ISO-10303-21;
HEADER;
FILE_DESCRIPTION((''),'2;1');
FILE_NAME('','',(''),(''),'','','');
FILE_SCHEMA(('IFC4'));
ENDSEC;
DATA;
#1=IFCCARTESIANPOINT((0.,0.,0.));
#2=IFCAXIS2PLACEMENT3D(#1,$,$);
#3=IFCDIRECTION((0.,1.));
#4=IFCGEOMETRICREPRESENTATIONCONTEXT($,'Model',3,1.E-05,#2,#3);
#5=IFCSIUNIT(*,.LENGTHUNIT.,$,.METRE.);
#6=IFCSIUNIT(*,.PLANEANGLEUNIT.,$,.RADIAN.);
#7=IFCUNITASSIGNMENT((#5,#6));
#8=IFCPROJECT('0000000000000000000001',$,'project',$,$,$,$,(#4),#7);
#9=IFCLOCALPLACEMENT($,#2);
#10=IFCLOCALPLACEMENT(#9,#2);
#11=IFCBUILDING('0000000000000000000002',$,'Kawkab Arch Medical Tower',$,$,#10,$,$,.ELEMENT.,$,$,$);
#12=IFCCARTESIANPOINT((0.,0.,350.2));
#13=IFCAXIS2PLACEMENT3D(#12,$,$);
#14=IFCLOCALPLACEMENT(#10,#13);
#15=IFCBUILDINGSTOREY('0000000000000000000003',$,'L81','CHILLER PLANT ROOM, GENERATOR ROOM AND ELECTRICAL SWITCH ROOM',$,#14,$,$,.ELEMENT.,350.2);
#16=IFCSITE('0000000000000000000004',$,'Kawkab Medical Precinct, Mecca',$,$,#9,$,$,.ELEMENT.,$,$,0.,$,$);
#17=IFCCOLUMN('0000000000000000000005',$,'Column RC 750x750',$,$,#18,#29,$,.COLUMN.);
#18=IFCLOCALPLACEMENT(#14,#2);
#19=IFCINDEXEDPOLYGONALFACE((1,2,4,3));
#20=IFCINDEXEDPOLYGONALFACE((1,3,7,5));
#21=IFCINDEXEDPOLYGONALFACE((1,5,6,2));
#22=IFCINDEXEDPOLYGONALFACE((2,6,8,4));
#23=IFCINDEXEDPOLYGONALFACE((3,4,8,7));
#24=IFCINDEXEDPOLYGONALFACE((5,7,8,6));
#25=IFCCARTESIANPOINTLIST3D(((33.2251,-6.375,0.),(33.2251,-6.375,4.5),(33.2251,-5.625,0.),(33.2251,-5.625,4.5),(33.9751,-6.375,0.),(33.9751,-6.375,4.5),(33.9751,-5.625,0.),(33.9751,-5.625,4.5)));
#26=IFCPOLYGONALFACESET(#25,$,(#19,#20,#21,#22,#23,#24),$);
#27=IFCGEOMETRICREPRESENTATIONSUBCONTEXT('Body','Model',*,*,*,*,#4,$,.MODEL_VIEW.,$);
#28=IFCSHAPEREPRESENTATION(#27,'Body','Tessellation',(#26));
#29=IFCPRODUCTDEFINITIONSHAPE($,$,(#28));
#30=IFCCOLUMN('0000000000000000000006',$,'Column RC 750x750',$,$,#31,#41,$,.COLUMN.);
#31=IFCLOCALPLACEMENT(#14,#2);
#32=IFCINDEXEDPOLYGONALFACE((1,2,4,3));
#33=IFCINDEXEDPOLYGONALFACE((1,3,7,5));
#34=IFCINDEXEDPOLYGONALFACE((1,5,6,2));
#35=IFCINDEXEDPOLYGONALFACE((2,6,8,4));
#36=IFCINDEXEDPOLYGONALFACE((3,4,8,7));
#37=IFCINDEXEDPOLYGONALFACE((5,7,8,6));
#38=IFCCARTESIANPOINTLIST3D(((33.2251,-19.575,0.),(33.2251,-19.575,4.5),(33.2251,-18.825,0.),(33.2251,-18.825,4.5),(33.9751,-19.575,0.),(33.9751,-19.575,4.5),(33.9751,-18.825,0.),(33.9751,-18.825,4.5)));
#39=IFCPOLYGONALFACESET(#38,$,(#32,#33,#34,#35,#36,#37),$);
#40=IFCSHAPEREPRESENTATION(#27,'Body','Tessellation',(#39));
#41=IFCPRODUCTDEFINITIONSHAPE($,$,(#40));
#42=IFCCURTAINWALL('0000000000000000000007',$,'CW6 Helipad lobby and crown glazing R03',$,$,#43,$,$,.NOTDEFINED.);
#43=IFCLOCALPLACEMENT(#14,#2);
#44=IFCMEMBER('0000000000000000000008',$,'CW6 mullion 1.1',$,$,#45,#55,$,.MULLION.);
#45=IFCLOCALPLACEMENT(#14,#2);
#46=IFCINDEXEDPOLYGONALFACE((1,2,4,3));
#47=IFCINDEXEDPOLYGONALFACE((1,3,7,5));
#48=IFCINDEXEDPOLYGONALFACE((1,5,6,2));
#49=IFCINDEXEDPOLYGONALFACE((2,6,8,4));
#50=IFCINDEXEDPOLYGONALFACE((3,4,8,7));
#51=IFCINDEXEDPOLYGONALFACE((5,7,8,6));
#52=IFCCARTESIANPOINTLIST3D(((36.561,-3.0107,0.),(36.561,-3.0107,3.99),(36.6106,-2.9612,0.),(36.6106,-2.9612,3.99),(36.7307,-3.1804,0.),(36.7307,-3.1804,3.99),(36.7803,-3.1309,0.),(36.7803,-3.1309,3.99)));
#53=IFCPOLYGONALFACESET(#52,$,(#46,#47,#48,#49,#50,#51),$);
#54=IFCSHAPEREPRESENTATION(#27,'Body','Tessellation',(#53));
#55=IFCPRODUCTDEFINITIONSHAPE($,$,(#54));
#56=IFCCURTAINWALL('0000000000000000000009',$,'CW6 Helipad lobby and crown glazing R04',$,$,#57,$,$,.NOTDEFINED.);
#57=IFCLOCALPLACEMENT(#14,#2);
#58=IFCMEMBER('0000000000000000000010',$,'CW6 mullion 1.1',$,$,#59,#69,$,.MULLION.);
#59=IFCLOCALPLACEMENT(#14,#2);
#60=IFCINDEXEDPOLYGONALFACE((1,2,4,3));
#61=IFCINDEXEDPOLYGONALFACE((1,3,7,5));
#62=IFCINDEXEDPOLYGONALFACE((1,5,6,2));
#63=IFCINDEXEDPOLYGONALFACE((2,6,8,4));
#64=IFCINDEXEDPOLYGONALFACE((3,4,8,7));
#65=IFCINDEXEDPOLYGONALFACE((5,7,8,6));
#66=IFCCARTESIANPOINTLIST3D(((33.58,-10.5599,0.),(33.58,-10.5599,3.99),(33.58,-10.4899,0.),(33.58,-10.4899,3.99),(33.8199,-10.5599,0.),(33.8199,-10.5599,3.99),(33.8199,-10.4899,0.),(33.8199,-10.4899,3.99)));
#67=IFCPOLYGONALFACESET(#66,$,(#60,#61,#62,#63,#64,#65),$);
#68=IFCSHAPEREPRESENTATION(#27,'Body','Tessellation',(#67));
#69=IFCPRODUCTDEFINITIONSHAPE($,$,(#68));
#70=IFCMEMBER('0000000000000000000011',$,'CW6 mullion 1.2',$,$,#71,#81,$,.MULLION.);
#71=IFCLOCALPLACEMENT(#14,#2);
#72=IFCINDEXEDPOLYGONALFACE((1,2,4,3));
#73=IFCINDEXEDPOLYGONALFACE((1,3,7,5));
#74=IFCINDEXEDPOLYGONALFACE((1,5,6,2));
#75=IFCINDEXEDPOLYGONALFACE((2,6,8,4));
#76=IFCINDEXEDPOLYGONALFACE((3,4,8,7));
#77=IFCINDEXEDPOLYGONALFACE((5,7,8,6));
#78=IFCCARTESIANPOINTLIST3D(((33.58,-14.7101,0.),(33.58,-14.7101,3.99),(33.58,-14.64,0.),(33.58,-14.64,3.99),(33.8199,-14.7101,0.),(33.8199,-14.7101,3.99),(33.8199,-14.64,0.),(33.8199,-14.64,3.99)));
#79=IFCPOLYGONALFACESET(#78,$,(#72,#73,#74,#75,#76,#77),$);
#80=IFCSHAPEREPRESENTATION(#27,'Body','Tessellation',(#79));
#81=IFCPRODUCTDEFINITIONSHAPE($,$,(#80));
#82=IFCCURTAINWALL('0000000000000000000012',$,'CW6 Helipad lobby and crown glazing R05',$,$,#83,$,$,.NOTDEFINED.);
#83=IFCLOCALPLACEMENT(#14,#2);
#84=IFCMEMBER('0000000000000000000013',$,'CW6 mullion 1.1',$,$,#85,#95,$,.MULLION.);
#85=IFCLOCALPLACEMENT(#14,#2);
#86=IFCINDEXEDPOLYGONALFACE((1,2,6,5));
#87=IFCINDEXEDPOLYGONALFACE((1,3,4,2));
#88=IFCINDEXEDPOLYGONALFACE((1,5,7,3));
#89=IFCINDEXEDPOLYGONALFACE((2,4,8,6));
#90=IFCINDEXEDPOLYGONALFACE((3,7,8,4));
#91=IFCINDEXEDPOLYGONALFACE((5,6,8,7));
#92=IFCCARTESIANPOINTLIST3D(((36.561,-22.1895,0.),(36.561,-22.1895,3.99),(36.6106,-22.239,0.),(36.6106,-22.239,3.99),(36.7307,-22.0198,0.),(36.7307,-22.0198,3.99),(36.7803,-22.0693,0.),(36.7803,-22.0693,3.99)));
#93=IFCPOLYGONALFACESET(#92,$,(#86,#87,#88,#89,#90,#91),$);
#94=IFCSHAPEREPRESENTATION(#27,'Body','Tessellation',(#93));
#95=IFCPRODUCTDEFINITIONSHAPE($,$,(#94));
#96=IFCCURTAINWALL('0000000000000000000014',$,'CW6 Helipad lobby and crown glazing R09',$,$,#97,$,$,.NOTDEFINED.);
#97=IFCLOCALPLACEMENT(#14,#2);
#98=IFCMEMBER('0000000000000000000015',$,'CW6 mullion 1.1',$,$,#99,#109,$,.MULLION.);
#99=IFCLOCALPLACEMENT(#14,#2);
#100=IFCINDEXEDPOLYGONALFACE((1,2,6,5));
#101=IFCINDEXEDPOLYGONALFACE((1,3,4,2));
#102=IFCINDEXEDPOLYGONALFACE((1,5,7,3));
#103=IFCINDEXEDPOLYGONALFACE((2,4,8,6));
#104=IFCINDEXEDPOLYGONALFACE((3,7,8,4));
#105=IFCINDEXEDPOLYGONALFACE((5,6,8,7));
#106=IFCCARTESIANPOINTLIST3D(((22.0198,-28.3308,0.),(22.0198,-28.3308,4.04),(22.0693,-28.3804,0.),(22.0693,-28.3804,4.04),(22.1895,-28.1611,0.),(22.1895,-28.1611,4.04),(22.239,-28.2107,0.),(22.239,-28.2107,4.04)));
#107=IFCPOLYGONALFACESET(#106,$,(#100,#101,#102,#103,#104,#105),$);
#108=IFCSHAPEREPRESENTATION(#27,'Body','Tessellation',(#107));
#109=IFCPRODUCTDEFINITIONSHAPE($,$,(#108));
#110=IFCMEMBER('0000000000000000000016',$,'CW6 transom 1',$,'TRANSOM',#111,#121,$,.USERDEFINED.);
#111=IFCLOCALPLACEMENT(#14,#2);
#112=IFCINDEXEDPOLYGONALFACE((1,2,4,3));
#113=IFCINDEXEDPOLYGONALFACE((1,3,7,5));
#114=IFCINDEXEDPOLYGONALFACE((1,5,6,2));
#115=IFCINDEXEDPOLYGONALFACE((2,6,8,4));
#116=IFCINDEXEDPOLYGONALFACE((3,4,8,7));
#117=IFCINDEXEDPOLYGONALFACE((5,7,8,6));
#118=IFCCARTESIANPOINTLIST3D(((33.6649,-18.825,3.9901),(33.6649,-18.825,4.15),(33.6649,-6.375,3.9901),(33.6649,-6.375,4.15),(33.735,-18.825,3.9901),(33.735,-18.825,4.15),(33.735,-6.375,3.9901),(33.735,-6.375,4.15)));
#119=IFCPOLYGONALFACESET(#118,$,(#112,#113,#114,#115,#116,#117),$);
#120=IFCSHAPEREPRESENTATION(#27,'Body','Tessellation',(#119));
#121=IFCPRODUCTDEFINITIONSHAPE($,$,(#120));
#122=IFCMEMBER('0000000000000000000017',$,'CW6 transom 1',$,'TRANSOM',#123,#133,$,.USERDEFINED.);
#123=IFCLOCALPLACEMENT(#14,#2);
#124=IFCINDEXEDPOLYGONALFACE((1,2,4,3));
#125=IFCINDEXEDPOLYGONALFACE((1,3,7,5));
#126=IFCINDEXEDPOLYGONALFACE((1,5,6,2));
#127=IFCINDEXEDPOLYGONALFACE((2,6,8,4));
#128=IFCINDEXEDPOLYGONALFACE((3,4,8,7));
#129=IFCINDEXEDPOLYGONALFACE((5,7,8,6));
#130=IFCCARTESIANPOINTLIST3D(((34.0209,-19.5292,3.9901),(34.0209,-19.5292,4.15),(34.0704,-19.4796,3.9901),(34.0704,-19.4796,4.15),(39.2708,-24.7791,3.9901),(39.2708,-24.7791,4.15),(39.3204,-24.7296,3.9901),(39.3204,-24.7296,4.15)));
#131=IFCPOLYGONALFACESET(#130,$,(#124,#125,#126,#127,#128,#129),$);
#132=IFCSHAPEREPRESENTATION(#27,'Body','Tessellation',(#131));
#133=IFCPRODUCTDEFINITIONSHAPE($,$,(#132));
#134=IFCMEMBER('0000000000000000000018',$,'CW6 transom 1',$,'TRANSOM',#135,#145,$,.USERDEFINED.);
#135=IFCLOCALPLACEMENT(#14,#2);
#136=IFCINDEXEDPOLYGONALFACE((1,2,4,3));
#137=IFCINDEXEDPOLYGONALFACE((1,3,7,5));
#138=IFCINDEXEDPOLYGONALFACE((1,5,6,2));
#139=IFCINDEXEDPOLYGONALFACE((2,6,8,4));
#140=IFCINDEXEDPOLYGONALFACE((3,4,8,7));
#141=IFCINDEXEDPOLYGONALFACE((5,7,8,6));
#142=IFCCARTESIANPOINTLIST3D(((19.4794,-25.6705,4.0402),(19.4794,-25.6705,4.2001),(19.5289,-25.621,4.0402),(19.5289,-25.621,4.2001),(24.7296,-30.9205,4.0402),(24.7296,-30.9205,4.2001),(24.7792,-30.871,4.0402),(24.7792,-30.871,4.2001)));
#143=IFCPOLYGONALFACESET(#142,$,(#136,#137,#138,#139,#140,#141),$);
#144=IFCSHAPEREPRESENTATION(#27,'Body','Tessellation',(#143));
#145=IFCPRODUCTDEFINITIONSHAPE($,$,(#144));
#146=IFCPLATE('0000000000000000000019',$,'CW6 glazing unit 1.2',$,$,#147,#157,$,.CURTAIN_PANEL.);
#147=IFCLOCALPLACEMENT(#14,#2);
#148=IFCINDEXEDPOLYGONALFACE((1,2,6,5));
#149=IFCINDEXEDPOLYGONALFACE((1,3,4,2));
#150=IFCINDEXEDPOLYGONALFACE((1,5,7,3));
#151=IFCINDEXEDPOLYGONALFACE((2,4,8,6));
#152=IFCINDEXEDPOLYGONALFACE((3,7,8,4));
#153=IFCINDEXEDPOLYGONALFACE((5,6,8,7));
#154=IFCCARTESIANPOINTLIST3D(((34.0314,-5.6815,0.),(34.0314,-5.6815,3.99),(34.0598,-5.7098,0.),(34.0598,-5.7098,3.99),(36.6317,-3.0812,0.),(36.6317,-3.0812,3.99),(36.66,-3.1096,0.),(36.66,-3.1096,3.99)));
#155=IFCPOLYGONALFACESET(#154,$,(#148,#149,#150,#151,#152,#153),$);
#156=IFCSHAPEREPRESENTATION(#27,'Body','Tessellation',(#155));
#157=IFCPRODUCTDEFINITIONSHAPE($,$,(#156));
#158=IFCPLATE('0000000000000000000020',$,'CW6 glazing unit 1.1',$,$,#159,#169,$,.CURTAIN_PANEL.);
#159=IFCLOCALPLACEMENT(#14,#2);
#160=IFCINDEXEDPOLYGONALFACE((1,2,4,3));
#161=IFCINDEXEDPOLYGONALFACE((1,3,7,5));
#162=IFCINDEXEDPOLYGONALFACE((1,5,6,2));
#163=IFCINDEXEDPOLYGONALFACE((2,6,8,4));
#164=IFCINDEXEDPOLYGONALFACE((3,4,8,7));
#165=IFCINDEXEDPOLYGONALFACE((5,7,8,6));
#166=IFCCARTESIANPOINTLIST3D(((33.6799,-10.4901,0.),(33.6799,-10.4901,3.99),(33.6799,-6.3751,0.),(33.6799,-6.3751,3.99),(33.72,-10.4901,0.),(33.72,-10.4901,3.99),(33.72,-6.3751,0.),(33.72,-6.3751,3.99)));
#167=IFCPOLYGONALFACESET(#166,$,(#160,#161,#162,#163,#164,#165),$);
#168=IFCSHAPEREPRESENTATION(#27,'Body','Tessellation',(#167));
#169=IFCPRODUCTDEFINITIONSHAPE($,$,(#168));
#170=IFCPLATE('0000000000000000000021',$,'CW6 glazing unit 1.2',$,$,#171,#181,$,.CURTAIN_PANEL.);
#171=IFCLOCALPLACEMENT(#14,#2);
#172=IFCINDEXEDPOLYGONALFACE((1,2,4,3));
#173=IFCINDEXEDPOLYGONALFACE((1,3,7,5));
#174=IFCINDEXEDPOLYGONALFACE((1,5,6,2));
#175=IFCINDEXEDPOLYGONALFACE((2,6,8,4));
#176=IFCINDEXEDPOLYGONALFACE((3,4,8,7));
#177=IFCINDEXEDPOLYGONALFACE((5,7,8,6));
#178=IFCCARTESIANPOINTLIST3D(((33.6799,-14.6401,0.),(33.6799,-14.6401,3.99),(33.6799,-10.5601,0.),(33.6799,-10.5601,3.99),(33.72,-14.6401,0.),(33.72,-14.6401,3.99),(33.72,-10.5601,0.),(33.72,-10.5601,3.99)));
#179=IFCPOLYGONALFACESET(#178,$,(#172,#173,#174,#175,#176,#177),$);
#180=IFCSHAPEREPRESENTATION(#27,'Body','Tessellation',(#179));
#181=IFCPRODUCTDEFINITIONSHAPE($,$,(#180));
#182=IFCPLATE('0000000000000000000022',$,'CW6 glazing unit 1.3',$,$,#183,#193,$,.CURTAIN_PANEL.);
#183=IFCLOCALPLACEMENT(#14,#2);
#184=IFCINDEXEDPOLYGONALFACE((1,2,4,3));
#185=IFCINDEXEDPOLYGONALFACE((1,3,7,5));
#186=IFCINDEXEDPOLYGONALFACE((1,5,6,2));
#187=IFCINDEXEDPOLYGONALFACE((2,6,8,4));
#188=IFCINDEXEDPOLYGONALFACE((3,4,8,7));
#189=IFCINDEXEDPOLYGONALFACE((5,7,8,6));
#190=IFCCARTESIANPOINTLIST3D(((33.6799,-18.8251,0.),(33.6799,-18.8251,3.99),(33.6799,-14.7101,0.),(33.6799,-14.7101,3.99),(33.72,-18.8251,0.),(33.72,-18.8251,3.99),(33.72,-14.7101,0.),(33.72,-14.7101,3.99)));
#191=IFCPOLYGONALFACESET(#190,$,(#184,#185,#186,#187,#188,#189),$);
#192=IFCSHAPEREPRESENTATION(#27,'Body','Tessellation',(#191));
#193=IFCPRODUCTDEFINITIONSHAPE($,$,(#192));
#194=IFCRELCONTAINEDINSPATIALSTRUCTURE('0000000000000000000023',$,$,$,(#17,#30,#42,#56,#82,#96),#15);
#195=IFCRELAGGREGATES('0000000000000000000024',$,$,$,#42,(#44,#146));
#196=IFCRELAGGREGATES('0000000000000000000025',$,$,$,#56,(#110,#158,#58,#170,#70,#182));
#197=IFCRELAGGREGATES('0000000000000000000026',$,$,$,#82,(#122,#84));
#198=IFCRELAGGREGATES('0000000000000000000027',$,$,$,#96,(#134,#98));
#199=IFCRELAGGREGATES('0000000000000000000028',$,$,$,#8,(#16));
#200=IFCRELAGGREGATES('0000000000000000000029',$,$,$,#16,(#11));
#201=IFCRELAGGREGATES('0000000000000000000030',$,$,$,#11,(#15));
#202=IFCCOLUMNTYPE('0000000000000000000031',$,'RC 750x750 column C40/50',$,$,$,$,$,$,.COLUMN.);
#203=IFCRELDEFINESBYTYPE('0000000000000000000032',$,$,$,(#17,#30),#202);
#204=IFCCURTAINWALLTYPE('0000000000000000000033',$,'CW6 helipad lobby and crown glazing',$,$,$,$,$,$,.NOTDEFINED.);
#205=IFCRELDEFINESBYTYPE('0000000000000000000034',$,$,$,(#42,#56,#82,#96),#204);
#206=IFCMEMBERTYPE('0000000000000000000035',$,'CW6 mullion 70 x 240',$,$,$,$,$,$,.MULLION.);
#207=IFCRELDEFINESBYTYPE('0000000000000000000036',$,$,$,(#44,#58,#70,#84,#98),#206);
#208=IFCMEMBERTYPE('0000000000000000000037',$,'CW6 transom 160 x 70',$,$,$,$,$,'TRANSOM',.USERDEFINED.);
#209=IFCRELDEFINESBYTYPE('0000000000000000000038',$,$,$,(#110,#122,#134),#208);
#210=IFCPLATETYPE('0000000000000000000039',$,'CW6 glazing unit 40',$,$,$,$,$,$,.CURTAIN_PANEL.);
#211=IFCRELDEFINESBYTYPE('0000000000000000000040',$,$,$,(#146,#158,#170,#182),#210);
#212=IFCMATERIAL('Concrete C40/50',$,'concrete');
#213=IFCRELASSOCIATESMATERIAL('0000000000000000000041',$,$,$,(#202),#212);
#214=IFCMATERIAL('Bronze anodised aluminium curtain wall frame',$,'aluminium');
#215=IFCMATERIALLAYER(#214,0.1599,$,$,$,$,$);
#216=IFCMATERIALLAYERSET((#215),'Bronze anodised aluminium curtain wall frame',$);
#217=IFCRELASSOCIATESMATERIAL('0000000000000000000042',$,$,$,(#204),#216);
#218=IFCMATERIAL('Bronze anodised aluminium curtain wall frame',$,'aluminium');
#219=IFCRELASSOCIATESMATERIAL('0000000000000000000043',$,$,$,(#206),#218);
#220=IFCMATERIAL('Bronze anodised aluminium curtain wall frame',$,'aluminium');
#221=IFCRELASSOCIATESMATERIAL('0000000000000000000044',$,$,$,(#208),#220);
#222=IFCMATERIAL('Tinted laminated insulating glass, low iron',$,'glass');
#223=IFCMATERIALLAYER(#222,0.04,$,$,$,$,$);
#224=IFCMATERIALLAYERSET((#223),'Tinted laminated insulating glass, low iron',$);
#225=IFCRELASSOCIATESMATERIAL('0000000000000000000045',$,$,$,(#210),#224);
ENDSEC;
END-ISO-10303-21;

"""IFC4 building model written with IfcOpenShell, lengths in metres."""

from ifc_helpers import new_model, si_unit, direction, frame, origin, origin_2d, place, context, subcontext, project, spatial, rectangle, extrude, material, layer, layer_set, material_profile, profile_set, type_object, element, aggregate, save


model = new_model("IFC4")

# Units and contexts
model_context = context("Model", 3, precision=1e-05, world=origin(), true_north=direction((0.0, 1.0)))
body_context = subcontext(model_context, "Body", "Model", "MODEL_VIEW")
ifc_project = project(units=[si_unit("LENGTHUNIT", "METRE"), si_unit("PLANEANGLEUNIT", "RADIAN")], contexts=[model_context])

# Site, building, storey
site_placement = place(None, origin())
site = spatial("IfcSite", under=ifc_project, at=site_placement, Name="Kawkab Medical Precinct, Mecca", CompositionType="ELEMENT", RefElevation=0.0)
building_placement = place(site_placement, origin())
building = spatial("IfcBuilding", under=site, at=building_placement, Name="Kawkab Arch Medical Tower", CompositionType="ELEMENT")
storey_placement = place(building_placement, frame((0.0, 0.0, 350.2)))
storey = spatial("IfcBuildingStorey", under=building, at=storey_placement, Name="L81", Description="CHILLER PLANT ROOM, GENERATOR ROOM AND ELECTRICAL SWITCH ROOM", CompositionType="ELEMENT", Elevation=350.2)

# Columns
ifc_material_1 = material(Name="Concrete C40/50", Category="concrete")
ifc_material_profile_1 = material_profile(ifc_material_1, rectangle(XDim=0.75, YDim=0.75, at=origin_2d()), Name="RC 750x750")
ifc_profile_set_1 = profile_set([ifc_material_profile_1], Name="Concrete C40/50")
column_type = type_object("IfcColumnType", Name="RC 750x750 column C40/50", PredefinedType="COLUMN", material=ifc_profile_set_1)
for number, where, z_axis, x_axis, name in (
    (1, (33.6001, -6.0, 0.0), (0.0, 0.0, 1.0), (1.0, 0.0, 0.0), "Column RC 750x750"),
    (2, (33.6001, -19.2, 0.0), (0.0, 0.0, 1.0), (1.0, 0.0, 0.0), "Column RC 750x750"),
):
    element("IfcColumn", number, at=place(storey_placement, frame(where, z_axis=z_axis, x_axis=x_axis)), inside=storey, type_object=column_type, Name=name, PredefinedType="COLUMN", context=body_context, shape_type="SweptSolid", body=[
        extrude(rectangle(XDim=0.75, YDim=0.75, at=origin_2d()), origin(), (0.0, 0.0, 1.0), 4.5),
    ])

# Curtain wall, member
ifc_material_2 = material(Name="Bronze anodised aluminium curtain wall frame", Category="aluminium")
ifc_layer_1 = layer(ifc_material_2, 0.1599)
ifc_layer_set_1 = layer_set([ifc_layer_1], Name="Bronze anodised aluminium curtain wall frame")
curtain_wall_type = type_object("IfcCurtainWallType", Name="CW6 helipad lobby and crown glazing", PredefinedType="NOTDEFINED", material=ifc_layer_set_1)
placement = place(storey_placement, origin())
curtain_wall_1 = element("IfcCurtainWall", 3, at=placement, inside=storey, type_object=curtain_wall_type, Name="CW6 Helipad lobby and crown glazing R03", PredefinedType="NOTDEFINED")
ifc_material_3 = material(Name="Bronze anodised aluminium curtain wall frame", Category="aluminium")
ifc_material_profile_2 = material_profile(ifc_material_3, rectangle(XDim=0.24, YDim=0.0701, at=origin_2d()), Name="AL 70x240")
ifc_profile_set_2 = profile_set([ifc_material_profile_2], Name="Bronze anodised aluminium curtain wall frame")
member_type_1 = type_object("IfcMemberType", Name="CW6 mullion 70 x 240", PredefinedType="MULLION", material=ifc_profile_set_2)
member_1_placement = place(storey_placement, frame((36.6707, -3.0708, 0.0), z_axis=(0.0, 0.0, 1.0), x_axis=(0.707107, -0.707107, 0.0)))
member_1 = element("IfcMember", 4, at=member_1_placement, type_object=member_type_1, Name="CW6 mullion 1.1", PredefinedType="MULLION", context=body_context, shape_type="SweptSolid", body=[
    extrude(rectangle(XDim=0.24, YDim=0.0701, at=origin_2d()), origin(), (0.0, 0.0, 1.0), 3.99),
])

# Curtain wall, members
curtain_wall_2 = element("IfcCurtainWall", 5, at=placement, inside=storey, type_object=curtain_wall_type, Name="CW6 Helipad lobby and crown glazing R04", PredefinedType="NOTDEFINED")
member_2_placement = place(storey_placement, frame((33.7, -10.5249, 0.0), z_axis=(0.0, 0.0, 1.0), x_axis=(1.0, 0.0, 0.0)))
member_2 = element("IfcMember", 6, at=member_2_placement, type_object=member_type_1, Name="CW6 mullion 1.1", PredefinedType="MULLION", context=body_context, shape_type="SweptSolid", body=[
    extrude(rectangle(XDim=0.24, YDim=0.0701, at=origin_2d()), origin(), (0.0, 0.0, 1.0), 3.99),
])
member_3_placement = place(storey_placement, frame((33.7, -14.675, 0.0), z_axis=(0.0, 0.0, 1.0), x_axis=(1.0, 0.0, 0.0)))
member_3 = element("IfcMember", 7, at=member_3_placement, type_object=member_type_1, Name="CW6 mullion 1.2", PredefinedType="MULLION", context=body_context, shape_type="SweptSolid", body=[
    extrude(rectangle(XDim=0.24, YDim=0.0701, at=origin_2d()), origin(), (0.0, 0.0, 1.0), 3.99),
])

# Curtain walls, members
curtain_wall_3 = element("IfcCurtainWall", 8, at=placement, inside=storey, type_object=curtain_wall_type, Name="CW6 Helipad lobby and crown glazing R05", PredefinedType="NOTDEFINED")
member_4_placement = place(storey_placement, frame((36.6707, -22.1294, 0.0), z_axis=(0.0, 0.0, 1.0), x_axis=(0.707107, 0.707107, 0.0)))
member_4 = element("IfcMember", 9, at=member_4_placement, type_object=member_type_1, Name="CW6 mullion 1.1", PredefinedType="MULLION", context=body_context, shape_type="SweptSolid", body=[
    extrude(rectangle(XDim=0.24, YDim=0.0701, at=origin_2d()), origin(), (0.0, 0.0, 1.0), 3.99),
])
curtain_wall_4 = element("IfcCurtainWall", 10, at=placement, inside=storey, type_object=curtain_wall_type, Name="CW6 Helipad lobby and crown glazing R09", PredefinedType="NOTDEFINED")
member_5_placement = place(storey_placement, frame((22.1294, -28.2708, 0.0), z_axis=(0.0, 0.0, 1.0), x_axis=(-0.707107, -0.707107, 0.0)))
member_5 = element("IfcMember", 11, at=member_5_placement, type_object=member_type_1, Name="CW6 mullion 1.1", PredefinedType="MULLION", context=body_context, shape_type="SweptSolid", body=[
    extrude(rectangle(XDim=0.24, YDim=0.0701, at=origin_2d()), origin(), (0.0, 0.0, 1.0), 4.04),
])

# Members
ifc_material_4 = material(Name="Bronze anodised aluminium curtain wall frame", Category="aluminium")
ifc_material_profile_3 = material_profile(ifc_material_4, rectangle(XDim=0.0701, YDim=0.1599, at=origin_2d()), Name="AL 70x160")
ifc_profile_set_3 = profile_set([ifc_material_profile_3], Name="Bronze anodised aluminium curtain wall frame")
member_type_2 = type_object("IfcMemberType", Name="CW6 transom 160 x 70", ElementType="TRANSOM", PredefinedType="USERDEFINED", material=ifc_profile_set_3)
member_6_placement = place(storey_placement, frame((33.7, -6.375, 4.0701), z_axis=(0.0, -1.0, 0.0), x_axis=(1.0, 0.0, 0.0)))
member_6 = element("IfcMember", 12, at=member_6_placement, type_object=member_type_2, Name="CW6 transom 1", ObjectType="TRANSOM", PredefinedType="USERDEFINED", context=body_context, shape_type="SweptSolid", body=[
    extrude(rectangle(XDim=0.0701, YDim=0.1599, at=origin_2d()), origin(), (0.0, 0.0, 1.0), 12.45),
])
member_7_placement = place(storey_placement, frame((34.0457, -19.5044, 4.0701), z_axis=(0.707107, -0.707107, 0.0), x_axis=(0.707107, 0.707107, 0.0)))
member_7 = element("IfcMember", 13, at=member_7_placement, type_object=member_type_2, Name="CW6 transom 1", ObjectType="TRANSOM", PredefinedType="USERDEFINED", context=body_context, shape_type="SweptSolid", body=[
    extrude(rectangle(XDim=0.0701, YDim=0.1599, at=origin_2d()), origin(), (0.0, 0.0, 1.0), 7.4246),
])
member_8_placement = place(storey_placement, frame((24.7544, -30.8958, 4.1201), z_axis=(-0.707123, 0.70709, 0.0), x_axis=(-0.70709, -0.707123, 0.0)))
member_8 = element("IfcMember", 14, at=member_8_placement, type_object=member_type_2, Name="CW6 transom 1", ObjectType="TRANSOM", PredefinedType="USERDEFINED", context=body_context, shape_type="SweptSolid", body=[
    extrude(rectangle(XDim=0.0701, YDim=0.1599, at=origin_2d()), origin(), (0.0, 0.0, 1.0), 7.4248),
])

# Plates
ifc_material_5 = material(Name="Tinted laminated insulating glass, low iron", Category="glass")
ifc_layer_2 = layer(ifc_material_5, 0.04)
ifc_layer_set_2 = layer_set([ifc_layer_2], Name="Tinted laminated insulating glass, low iron")
plate_type_1 = type_object("IfcPlateType", Name="CW6 glazing unit 40", PredefinedType="CURTAIN_PANEL", material=ifc_layer_set_2)
plate_1_placement = place(storey_placement, frame((35.3457, -4.3955, 0.0), z_axis=(0.0, 0.0, 1.0), x_axis=(-0.707107, -0.707107, 0.0)))
plate_1 = element("IfcPlate", 15, at=plate_1_placement, type_object=plate_type_1, Name="CW6 glazing unit 1.2", PredefinedType="CURTAIN_PANEL", context=body_context, shape_type="SweptSolid", body=[
    extrude(rectangle(XDim=3.6772, YDim=0.04, at=origin_2d()), origin(), (0.0, 0.0, 1.0), 3.99),
])
aggregate(curtain_wall_1, [member_1, plate_1])
plate_2_placement = place(storey_placement, frame((33.7, -8.4326, 0.0), z_axis=(0.0, 0.0, 1.0), x_axis=(0.0, -1.0, 0.0)))
plate_2 = element("IfcPlate", 16, at=plate_2_placement, type_object=plate_type_1, Name="CW6 glazing unit 1.1", PredefinedType="CURTAIN_PANEL", context=body_context, shape_type="SweptSolid", body=[
    extrude(rectangle(XDim=4.115, YDim=0.04, at=origin_2d()), origin(), (0.0, 0.0, 1.0), 3.99),
])
plate_3_placement = place(storey_placement, frame((33.7, -12.6001, 0.0), z_axis=(0.0, 0.0, 1.0), x_axis=(0.0, -1.0, 0.0)))
plate_3 = element("IfcPlate", 17, at=plate_3_placement, type_object=plate_type_1, Name="CW6 glazing unit 1.2", PredefinedType="CURTAIN_PANEL", context=body_context, shape_type="SweptSolid", body=[
    extrude(rectangle(XDim=4.0801, YDim=0.04, at=origin_2d()), origin(), (0.0, 0.0, 1.0), 3.99),
])
plate_4_placement = place(storey_placement, frame((33.7, -16.7676, 0.0), z_axis=(0.0, 0.0, 1.0), x_axis=(0.0, -1.0, 0.0)))
plate_4 = element("IfcPlate", 18, at=plate_4_placement, type_object=plate_type_1, Name="CW6 glazing unit 1.3", PredefinedType="CURTAIN_PANEL", context=body_context, shape_type="SweptSolid", body=[
    extrude(rectangle(XDim=4.115, YDim=0.04, at=origin_2d()), origin(), (0.0, 0.0, 1.0), 3.99),
])
aggregate(curtain_wall_2, [member_6, plate_2, member_2, plate_3, member_3, plate_4])
aggregate(curtain_wall_3, [member_7, member_4])
aggregate(curtain_wall_4, [member_8, member_5])

save(model, "model.ifc")
